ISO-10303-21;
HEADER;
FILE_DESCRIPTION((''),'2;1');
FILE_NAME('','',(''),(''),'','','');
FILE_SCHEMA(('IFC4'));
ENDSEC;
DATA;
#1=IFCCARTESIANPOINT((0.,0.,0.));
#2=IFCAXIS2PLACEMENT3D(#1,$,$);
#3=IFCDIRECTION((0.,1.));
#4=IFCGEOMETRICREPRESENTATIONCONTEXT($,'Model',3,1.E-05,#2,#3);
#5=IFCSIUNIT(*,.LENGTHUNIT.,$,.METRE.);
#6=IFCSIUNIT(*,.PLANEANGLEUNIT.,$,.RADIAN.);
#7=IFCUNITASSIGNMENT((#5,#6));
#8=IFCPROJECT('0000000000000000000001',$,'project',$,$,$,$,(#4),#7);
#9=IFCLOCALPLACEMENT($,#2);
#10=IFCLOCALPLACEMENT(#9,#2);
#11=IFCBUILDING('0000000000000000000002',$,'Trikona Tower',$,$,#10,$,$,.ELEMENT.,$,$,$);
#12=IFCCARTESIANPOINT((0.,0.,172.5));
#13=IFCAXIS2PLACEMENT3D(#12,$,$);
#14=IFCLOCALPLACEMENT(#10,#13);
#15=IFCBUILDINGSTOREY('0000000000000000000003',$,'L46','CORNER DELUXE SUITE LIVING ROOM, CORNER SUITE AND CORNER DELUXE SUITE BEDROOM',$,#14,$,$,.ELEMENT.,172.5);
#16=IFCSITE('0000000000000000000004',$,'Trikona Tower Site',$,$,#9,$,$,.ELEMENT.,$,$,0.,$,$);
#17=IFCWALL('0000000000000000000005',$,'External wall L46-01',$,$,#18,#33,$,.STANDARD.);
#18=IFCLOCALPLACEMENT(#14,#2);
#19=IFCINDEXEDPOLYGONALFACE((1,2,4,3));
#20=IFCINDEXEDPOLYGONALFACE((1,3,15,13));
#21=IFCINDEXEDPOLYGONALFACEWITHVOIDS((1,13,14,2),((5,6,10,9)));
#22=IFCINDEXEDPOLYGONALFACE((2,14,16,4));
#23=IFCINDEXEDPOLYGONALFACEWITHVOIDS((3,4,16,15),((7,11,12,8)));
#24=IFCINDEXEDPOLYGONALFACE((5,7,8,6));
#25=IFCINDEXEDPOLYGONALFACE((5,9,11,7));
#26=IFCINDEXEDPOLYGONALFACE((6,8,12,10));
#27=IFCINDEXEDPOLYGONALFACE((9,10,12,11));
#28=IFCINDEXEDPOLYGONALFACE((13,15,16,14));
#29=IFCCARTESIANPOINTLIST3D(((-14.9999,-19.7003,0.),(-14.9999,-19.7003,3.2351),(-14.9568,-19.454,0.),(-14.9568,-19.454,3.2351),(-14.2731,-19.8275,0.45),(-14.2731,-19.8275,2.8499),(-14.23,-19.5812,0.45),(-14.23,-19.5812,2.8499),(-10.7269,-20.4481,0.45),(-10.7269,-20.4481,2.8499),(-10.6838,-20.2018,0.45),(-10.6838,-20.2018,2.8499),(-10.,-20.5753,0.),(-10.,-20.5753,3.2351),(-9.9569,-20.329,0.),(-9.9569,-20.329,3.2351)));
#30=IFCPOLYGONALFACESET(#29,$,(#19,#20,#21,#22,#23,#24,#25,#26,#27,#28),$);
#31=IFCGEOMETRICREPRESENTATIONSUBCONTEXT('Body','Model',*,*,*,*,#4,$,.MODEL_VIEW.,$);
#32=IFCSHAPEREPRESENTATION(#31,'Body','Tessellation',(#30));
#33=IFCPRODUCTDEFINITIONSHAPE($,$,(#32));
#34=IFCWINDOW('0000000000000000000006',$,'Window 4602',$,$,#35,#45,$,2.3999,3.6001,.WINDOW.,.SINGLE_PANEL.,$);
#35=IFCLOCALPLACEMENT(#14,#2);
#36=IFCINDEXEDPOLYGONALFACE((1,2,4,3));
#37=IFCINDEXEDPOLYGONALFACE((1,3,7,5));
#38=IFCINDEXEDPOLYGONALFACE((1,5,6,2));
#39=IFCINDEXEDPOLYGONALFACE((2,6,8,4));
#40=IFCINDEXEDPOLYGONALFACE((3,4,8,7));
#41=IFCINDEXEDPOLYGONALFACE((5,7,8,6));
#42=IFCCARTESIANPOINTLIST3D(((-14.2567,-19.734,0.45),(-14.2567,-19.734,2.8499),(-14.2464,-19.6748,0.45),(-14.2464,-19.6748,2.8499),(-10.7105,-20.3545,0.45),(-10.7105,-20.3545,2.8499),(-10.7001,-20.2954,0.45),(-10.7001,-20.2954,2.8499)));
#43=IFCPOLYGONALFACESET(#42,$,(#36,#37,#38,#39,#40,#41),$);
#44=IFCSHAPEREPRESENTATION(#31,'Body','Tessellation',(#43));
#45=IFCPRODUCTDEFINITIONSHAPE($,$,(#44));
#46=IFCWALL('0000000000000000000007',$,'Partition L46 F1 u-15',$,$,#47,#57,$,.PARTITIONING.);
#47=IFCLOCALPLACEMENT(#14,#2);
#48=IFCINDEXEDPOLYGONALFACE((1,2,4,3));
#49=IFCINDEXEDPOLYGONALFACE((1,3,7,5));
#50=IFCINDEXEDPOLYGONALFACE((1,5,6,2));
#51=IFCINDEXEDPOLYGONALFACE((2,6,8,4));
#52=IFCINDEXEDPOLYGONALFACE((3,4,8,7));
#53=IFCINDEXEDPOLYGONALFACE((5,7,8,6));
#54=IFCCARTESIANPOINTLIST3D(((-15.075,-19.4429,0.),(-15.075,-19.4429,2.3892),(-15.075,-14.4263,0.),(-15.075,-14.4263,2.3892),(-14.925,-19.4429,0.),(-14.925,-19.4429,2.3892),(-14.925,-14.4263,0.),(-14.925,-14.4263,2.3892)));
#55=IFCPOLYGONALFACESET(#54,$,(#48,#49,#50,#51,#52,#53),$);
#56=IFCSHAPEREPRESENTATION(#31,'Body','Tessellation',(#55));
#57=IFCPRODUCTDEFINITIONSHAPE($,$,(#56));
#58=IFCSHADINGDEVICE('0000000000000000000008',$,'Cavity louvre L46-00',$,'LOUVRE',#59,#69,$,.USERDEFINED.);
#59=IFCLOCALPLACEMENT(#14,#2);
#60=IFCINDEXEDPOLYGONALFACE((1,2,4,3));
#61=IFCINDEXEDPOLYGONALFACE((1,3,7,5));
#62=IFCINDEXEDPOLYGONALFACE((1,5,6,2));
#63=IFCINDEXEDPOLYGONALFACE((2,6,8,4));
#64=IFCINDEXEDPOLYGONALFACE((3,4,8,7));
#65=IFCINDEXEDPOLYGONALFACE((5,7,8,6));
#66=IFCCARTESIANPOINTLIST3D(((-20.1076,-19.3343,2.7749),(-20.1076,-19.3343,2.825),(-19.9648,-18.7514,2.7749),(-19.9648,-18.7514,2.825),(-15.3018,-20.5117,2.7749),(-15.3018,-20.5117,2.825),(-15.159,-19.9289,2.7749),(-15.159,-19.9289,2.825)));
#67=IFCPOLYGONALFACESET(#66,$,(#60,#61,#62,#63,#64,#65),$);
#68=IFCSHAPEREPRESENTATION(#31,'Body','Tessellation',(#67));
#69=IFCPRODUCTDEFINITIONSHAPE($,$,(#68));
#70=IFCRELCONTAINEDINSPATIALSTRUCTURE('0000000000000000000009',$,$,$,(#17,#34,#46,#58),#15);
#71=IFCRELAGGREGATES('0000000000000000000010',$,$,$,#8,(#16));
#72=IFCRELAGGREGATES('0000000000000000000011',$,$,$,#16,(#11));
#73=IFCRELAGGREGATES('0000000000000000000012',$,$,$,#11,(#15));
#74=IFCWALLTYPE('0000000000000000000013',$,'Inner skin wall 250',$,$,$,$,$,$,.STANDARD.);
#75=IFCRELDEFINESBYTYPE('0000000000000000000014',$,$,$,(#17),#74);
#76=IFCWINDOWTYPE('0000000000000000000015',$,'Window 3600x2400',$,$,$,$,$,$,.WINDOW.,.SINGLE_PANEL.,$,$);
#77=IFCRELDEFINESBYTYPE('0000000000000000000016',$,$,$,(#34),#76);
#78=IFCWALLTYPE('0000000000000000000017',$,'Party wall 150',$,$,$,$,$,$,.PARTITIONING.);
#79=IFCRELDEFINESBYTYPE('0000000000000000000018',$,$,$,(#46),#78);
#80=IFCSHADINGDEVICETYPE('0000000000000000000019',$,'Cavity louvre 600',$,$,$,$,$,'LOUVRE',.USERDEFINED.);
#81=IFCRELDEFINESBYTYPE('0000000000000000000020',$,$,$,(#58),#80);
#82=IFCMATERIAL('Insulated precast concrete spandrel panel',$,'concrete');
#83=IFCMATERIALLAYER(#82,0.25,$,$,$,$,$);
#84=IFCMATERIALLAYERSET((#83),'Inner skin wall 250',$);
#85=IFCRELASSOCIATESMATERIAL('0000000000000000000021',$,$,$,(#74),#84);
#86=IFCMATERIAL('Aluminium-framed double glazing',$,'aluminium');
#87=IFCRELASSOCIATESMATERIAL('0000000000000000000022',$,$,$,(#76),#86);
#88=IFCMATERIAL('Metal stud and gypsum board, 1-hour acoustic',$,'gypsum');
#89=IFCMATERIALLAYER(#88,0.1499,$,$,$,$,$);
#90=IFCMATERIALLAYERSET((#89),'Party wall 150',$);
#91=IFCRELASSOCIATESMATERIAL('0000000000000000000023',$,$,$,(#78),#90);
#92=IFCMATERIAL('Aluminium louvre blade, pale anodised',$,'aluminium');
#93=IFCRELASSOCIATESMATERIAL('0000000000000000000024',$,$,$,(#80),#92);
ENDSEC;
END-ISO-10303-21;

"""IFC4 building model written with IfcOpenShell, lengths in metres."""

from ifc_helpers import new_model, si_unit, direction, frame, frame_2d, origin, origin_2d, place, context, subcontext, project, spatial, rectangle, extrude, material, layer, layer_set, type_object, element, fill, save


model = new_model("IFC4")

# Units and contexts
model_context = context("Model", 3, precision=1e-05, world=origin(), true_north=direction((0.0, 1.0)))
body_context = subcontext(model_context, "Body", "Model", "MODEL_VIEW")
ifc_project = project(units=[si_unit("LENGTHUNIT", "METRE"), si_unit("PLANEANGLEUNIT", "RADIAN")], contexts=[model_context])

# Site, building, storey
site_placement = place(None, origin())
site = spatial("IfcSite", under=ifc_project, at=site_placement, Name="Trikona Tower Site", CompositionType="ELEMENT", RefElevation=0.0)
building_placement = place(site_placement, origin())
building = spatial("IfcBuilding", under=site, at=building_placement, Name="Trikona Tower", CompositionType="ELEMENT")
storey_placement = place(building_placement, frame((0.0, 0.0, 172.5)))
storey = spatial("IfcBuildingStorey", under=building, at=storey_placement, Name="L46", Description="CORNER DELUXE SUITE LIVING ROOM, CORNER SUITE AND CORNER DELUXE SUITE BEDROOM", CompositionType="ELEMENT", Elevation=172.5)

# Wall, opening, window
ifc_material_1 = material(Name="Insulated precast concrete spandrel panel", Category="concrete")
ifc_layer_1 = layer(ifc_material_1, 0.25)
ifc_layer_set_1 = layer_set([ifc_layer_1], Name="Inner skin wall 250")
wall_type_1 = type_object("IfcWallType", Name="Inner skin wall 250", PredefinedType="STANDARD", material=ifc_layer_set_1)
wall_1_placement = place(storey_placement, frame((-14.9785, -19.5771, 0.0), z_axis=(0.0, 0.0, 1.0), x_axis=(0.98503, -0.17238, 0.0)))
wall_1 = element("IfcWall", 1, at=wall_1_placement, inside=storey, type_object=wall_type_1, Name="External wall L46-01", PredefinedType="STANDARD", context=body_context, shape_type="SweptSolid", body=[
    extrude(rectangle(XDim=5.0759, YDim=0.25, at=frame_2d((2.5381, 0.0))), origin(), (0.0, 0.0, 1.0), 3.2351),
])
opening_1_placement = place(wall_1_placement, frame((0.738, 0.0, 0.45)))
opening_1 = element("IfcOpeningElement", 2, at=opening_1_placement, cuts=wall_1, PredefinedType="OPENING", context=body_context, shape_type="SweptSolid", body=[
    extrude(rectangle(XDim=3.6001, YDim=2.3999, at=frame_2d((1.8, 1.2))), frame((0.0, 0.135, 0.0), z_axis=(0.0, -1.0, 0.0), x_axis=(1.0, 0.0, 0.0)), (0.0, 0.0, 1.0), 0.27),
])
ifc_material_2 = material(Name="Aluminium-framed double glazing", Category="aluminium")
window_type = type_object("IfcWindowType", Name="Window 3600x2400", PartitioningType="SINGLE_PANEL", PredefinedType="WINDOW", material=ifc_material_2)
window_placement = place(opening_1_placement, origin())
window = element("IfcWindow", 3, at=window_placement, inside=storey, type_object=window_type, Name="Window 4602", OverallHeight=2.3999, OverallWidth=3.6001, PartitioningType="SINGLE_PANEL", PredefinedType="WINDOW", context=body_context, shape_type="SweptSolid", body=[
    extrude(rectangle(XDim=3.6001, YDim=2.3999, at=frame_2d((1.8, 1.2))), frame((0.0, 0.03, 0.0), z_axis=(0.0, -1.0, 0.0), x_axis=(1.0, 0.0, 0.0)), (0.0, 0.0, 1.0), 0.0601),
])
fill(opening_1, window)

# Wall
ifc_material_3 = material(Name="Metal stud and gypsum board, 1-hour acoustic", Category="gypsum")
ifc_layer_2 = layer(ifc_material_3, 0.1499)
ifc_layer_set_2 = layer_set([ifc_layer_2], Name="Party wall 150")
wall_type_2 = type_object("IfcWallType", Name="Party wall 150", PredefinedType="PARTITIONING", material=ifc_layer_set_2)
wall_2_placement = place(storey_placement, frame((-15.0, -14.4263, 0.0), z_axis=(0.0, 0.0, 1.0), x_axis=(0.0, -1.0, 0.0)))
element("IfcWall", 4, at=wall_2_placement, inside=storey, type_object=wall_type_2, Name="Partition L46 F1 u-15", PredefinedType="PARTITIONING", context=body_context, shape_type="SweptSolid", body=[
    extrude(rectangle(XDim=5.0166, YDim=0.1499, at=frame_2d((2.5083, 0.0))), origin(), (0.0, 0.0, 1.0), 2.3892),
])

# Shading device
ifc_material_4 = material(Name="Aluminium louvre blade, pale anodised", Category="aluminium")
shading_device_type = type_object("IfcShadingDeviceType", Name="Cavity louvre 600", ElementType="LOUVRE", PredefinedType="USERDEFINED", material=ifc_material_4)
shading_device_placement = place(storey_placement, frame((-17.6333, -19.6316, 2.7749), z_axis=(0.0, 0.0, 1.0), x_axis=(0.971274, -0.237962, 0.0)))
element("IfcShadingDevice", 5, at=shading_device_placement, inside=storey, type_object=shading_device_type, Name="Cavity louvre L46-00", ObjectType="LOUVRE", PredefinedType="USERDEFINED", context=body_context, shape_type="SweptSolid", body=[
    extrude(rectangle(XDim=4.948, YDim=0.6001, at=origin_2d()), origin(), (0.0, 0.0, 1.0), 0.05),
])

save(model, "model.ifc")
